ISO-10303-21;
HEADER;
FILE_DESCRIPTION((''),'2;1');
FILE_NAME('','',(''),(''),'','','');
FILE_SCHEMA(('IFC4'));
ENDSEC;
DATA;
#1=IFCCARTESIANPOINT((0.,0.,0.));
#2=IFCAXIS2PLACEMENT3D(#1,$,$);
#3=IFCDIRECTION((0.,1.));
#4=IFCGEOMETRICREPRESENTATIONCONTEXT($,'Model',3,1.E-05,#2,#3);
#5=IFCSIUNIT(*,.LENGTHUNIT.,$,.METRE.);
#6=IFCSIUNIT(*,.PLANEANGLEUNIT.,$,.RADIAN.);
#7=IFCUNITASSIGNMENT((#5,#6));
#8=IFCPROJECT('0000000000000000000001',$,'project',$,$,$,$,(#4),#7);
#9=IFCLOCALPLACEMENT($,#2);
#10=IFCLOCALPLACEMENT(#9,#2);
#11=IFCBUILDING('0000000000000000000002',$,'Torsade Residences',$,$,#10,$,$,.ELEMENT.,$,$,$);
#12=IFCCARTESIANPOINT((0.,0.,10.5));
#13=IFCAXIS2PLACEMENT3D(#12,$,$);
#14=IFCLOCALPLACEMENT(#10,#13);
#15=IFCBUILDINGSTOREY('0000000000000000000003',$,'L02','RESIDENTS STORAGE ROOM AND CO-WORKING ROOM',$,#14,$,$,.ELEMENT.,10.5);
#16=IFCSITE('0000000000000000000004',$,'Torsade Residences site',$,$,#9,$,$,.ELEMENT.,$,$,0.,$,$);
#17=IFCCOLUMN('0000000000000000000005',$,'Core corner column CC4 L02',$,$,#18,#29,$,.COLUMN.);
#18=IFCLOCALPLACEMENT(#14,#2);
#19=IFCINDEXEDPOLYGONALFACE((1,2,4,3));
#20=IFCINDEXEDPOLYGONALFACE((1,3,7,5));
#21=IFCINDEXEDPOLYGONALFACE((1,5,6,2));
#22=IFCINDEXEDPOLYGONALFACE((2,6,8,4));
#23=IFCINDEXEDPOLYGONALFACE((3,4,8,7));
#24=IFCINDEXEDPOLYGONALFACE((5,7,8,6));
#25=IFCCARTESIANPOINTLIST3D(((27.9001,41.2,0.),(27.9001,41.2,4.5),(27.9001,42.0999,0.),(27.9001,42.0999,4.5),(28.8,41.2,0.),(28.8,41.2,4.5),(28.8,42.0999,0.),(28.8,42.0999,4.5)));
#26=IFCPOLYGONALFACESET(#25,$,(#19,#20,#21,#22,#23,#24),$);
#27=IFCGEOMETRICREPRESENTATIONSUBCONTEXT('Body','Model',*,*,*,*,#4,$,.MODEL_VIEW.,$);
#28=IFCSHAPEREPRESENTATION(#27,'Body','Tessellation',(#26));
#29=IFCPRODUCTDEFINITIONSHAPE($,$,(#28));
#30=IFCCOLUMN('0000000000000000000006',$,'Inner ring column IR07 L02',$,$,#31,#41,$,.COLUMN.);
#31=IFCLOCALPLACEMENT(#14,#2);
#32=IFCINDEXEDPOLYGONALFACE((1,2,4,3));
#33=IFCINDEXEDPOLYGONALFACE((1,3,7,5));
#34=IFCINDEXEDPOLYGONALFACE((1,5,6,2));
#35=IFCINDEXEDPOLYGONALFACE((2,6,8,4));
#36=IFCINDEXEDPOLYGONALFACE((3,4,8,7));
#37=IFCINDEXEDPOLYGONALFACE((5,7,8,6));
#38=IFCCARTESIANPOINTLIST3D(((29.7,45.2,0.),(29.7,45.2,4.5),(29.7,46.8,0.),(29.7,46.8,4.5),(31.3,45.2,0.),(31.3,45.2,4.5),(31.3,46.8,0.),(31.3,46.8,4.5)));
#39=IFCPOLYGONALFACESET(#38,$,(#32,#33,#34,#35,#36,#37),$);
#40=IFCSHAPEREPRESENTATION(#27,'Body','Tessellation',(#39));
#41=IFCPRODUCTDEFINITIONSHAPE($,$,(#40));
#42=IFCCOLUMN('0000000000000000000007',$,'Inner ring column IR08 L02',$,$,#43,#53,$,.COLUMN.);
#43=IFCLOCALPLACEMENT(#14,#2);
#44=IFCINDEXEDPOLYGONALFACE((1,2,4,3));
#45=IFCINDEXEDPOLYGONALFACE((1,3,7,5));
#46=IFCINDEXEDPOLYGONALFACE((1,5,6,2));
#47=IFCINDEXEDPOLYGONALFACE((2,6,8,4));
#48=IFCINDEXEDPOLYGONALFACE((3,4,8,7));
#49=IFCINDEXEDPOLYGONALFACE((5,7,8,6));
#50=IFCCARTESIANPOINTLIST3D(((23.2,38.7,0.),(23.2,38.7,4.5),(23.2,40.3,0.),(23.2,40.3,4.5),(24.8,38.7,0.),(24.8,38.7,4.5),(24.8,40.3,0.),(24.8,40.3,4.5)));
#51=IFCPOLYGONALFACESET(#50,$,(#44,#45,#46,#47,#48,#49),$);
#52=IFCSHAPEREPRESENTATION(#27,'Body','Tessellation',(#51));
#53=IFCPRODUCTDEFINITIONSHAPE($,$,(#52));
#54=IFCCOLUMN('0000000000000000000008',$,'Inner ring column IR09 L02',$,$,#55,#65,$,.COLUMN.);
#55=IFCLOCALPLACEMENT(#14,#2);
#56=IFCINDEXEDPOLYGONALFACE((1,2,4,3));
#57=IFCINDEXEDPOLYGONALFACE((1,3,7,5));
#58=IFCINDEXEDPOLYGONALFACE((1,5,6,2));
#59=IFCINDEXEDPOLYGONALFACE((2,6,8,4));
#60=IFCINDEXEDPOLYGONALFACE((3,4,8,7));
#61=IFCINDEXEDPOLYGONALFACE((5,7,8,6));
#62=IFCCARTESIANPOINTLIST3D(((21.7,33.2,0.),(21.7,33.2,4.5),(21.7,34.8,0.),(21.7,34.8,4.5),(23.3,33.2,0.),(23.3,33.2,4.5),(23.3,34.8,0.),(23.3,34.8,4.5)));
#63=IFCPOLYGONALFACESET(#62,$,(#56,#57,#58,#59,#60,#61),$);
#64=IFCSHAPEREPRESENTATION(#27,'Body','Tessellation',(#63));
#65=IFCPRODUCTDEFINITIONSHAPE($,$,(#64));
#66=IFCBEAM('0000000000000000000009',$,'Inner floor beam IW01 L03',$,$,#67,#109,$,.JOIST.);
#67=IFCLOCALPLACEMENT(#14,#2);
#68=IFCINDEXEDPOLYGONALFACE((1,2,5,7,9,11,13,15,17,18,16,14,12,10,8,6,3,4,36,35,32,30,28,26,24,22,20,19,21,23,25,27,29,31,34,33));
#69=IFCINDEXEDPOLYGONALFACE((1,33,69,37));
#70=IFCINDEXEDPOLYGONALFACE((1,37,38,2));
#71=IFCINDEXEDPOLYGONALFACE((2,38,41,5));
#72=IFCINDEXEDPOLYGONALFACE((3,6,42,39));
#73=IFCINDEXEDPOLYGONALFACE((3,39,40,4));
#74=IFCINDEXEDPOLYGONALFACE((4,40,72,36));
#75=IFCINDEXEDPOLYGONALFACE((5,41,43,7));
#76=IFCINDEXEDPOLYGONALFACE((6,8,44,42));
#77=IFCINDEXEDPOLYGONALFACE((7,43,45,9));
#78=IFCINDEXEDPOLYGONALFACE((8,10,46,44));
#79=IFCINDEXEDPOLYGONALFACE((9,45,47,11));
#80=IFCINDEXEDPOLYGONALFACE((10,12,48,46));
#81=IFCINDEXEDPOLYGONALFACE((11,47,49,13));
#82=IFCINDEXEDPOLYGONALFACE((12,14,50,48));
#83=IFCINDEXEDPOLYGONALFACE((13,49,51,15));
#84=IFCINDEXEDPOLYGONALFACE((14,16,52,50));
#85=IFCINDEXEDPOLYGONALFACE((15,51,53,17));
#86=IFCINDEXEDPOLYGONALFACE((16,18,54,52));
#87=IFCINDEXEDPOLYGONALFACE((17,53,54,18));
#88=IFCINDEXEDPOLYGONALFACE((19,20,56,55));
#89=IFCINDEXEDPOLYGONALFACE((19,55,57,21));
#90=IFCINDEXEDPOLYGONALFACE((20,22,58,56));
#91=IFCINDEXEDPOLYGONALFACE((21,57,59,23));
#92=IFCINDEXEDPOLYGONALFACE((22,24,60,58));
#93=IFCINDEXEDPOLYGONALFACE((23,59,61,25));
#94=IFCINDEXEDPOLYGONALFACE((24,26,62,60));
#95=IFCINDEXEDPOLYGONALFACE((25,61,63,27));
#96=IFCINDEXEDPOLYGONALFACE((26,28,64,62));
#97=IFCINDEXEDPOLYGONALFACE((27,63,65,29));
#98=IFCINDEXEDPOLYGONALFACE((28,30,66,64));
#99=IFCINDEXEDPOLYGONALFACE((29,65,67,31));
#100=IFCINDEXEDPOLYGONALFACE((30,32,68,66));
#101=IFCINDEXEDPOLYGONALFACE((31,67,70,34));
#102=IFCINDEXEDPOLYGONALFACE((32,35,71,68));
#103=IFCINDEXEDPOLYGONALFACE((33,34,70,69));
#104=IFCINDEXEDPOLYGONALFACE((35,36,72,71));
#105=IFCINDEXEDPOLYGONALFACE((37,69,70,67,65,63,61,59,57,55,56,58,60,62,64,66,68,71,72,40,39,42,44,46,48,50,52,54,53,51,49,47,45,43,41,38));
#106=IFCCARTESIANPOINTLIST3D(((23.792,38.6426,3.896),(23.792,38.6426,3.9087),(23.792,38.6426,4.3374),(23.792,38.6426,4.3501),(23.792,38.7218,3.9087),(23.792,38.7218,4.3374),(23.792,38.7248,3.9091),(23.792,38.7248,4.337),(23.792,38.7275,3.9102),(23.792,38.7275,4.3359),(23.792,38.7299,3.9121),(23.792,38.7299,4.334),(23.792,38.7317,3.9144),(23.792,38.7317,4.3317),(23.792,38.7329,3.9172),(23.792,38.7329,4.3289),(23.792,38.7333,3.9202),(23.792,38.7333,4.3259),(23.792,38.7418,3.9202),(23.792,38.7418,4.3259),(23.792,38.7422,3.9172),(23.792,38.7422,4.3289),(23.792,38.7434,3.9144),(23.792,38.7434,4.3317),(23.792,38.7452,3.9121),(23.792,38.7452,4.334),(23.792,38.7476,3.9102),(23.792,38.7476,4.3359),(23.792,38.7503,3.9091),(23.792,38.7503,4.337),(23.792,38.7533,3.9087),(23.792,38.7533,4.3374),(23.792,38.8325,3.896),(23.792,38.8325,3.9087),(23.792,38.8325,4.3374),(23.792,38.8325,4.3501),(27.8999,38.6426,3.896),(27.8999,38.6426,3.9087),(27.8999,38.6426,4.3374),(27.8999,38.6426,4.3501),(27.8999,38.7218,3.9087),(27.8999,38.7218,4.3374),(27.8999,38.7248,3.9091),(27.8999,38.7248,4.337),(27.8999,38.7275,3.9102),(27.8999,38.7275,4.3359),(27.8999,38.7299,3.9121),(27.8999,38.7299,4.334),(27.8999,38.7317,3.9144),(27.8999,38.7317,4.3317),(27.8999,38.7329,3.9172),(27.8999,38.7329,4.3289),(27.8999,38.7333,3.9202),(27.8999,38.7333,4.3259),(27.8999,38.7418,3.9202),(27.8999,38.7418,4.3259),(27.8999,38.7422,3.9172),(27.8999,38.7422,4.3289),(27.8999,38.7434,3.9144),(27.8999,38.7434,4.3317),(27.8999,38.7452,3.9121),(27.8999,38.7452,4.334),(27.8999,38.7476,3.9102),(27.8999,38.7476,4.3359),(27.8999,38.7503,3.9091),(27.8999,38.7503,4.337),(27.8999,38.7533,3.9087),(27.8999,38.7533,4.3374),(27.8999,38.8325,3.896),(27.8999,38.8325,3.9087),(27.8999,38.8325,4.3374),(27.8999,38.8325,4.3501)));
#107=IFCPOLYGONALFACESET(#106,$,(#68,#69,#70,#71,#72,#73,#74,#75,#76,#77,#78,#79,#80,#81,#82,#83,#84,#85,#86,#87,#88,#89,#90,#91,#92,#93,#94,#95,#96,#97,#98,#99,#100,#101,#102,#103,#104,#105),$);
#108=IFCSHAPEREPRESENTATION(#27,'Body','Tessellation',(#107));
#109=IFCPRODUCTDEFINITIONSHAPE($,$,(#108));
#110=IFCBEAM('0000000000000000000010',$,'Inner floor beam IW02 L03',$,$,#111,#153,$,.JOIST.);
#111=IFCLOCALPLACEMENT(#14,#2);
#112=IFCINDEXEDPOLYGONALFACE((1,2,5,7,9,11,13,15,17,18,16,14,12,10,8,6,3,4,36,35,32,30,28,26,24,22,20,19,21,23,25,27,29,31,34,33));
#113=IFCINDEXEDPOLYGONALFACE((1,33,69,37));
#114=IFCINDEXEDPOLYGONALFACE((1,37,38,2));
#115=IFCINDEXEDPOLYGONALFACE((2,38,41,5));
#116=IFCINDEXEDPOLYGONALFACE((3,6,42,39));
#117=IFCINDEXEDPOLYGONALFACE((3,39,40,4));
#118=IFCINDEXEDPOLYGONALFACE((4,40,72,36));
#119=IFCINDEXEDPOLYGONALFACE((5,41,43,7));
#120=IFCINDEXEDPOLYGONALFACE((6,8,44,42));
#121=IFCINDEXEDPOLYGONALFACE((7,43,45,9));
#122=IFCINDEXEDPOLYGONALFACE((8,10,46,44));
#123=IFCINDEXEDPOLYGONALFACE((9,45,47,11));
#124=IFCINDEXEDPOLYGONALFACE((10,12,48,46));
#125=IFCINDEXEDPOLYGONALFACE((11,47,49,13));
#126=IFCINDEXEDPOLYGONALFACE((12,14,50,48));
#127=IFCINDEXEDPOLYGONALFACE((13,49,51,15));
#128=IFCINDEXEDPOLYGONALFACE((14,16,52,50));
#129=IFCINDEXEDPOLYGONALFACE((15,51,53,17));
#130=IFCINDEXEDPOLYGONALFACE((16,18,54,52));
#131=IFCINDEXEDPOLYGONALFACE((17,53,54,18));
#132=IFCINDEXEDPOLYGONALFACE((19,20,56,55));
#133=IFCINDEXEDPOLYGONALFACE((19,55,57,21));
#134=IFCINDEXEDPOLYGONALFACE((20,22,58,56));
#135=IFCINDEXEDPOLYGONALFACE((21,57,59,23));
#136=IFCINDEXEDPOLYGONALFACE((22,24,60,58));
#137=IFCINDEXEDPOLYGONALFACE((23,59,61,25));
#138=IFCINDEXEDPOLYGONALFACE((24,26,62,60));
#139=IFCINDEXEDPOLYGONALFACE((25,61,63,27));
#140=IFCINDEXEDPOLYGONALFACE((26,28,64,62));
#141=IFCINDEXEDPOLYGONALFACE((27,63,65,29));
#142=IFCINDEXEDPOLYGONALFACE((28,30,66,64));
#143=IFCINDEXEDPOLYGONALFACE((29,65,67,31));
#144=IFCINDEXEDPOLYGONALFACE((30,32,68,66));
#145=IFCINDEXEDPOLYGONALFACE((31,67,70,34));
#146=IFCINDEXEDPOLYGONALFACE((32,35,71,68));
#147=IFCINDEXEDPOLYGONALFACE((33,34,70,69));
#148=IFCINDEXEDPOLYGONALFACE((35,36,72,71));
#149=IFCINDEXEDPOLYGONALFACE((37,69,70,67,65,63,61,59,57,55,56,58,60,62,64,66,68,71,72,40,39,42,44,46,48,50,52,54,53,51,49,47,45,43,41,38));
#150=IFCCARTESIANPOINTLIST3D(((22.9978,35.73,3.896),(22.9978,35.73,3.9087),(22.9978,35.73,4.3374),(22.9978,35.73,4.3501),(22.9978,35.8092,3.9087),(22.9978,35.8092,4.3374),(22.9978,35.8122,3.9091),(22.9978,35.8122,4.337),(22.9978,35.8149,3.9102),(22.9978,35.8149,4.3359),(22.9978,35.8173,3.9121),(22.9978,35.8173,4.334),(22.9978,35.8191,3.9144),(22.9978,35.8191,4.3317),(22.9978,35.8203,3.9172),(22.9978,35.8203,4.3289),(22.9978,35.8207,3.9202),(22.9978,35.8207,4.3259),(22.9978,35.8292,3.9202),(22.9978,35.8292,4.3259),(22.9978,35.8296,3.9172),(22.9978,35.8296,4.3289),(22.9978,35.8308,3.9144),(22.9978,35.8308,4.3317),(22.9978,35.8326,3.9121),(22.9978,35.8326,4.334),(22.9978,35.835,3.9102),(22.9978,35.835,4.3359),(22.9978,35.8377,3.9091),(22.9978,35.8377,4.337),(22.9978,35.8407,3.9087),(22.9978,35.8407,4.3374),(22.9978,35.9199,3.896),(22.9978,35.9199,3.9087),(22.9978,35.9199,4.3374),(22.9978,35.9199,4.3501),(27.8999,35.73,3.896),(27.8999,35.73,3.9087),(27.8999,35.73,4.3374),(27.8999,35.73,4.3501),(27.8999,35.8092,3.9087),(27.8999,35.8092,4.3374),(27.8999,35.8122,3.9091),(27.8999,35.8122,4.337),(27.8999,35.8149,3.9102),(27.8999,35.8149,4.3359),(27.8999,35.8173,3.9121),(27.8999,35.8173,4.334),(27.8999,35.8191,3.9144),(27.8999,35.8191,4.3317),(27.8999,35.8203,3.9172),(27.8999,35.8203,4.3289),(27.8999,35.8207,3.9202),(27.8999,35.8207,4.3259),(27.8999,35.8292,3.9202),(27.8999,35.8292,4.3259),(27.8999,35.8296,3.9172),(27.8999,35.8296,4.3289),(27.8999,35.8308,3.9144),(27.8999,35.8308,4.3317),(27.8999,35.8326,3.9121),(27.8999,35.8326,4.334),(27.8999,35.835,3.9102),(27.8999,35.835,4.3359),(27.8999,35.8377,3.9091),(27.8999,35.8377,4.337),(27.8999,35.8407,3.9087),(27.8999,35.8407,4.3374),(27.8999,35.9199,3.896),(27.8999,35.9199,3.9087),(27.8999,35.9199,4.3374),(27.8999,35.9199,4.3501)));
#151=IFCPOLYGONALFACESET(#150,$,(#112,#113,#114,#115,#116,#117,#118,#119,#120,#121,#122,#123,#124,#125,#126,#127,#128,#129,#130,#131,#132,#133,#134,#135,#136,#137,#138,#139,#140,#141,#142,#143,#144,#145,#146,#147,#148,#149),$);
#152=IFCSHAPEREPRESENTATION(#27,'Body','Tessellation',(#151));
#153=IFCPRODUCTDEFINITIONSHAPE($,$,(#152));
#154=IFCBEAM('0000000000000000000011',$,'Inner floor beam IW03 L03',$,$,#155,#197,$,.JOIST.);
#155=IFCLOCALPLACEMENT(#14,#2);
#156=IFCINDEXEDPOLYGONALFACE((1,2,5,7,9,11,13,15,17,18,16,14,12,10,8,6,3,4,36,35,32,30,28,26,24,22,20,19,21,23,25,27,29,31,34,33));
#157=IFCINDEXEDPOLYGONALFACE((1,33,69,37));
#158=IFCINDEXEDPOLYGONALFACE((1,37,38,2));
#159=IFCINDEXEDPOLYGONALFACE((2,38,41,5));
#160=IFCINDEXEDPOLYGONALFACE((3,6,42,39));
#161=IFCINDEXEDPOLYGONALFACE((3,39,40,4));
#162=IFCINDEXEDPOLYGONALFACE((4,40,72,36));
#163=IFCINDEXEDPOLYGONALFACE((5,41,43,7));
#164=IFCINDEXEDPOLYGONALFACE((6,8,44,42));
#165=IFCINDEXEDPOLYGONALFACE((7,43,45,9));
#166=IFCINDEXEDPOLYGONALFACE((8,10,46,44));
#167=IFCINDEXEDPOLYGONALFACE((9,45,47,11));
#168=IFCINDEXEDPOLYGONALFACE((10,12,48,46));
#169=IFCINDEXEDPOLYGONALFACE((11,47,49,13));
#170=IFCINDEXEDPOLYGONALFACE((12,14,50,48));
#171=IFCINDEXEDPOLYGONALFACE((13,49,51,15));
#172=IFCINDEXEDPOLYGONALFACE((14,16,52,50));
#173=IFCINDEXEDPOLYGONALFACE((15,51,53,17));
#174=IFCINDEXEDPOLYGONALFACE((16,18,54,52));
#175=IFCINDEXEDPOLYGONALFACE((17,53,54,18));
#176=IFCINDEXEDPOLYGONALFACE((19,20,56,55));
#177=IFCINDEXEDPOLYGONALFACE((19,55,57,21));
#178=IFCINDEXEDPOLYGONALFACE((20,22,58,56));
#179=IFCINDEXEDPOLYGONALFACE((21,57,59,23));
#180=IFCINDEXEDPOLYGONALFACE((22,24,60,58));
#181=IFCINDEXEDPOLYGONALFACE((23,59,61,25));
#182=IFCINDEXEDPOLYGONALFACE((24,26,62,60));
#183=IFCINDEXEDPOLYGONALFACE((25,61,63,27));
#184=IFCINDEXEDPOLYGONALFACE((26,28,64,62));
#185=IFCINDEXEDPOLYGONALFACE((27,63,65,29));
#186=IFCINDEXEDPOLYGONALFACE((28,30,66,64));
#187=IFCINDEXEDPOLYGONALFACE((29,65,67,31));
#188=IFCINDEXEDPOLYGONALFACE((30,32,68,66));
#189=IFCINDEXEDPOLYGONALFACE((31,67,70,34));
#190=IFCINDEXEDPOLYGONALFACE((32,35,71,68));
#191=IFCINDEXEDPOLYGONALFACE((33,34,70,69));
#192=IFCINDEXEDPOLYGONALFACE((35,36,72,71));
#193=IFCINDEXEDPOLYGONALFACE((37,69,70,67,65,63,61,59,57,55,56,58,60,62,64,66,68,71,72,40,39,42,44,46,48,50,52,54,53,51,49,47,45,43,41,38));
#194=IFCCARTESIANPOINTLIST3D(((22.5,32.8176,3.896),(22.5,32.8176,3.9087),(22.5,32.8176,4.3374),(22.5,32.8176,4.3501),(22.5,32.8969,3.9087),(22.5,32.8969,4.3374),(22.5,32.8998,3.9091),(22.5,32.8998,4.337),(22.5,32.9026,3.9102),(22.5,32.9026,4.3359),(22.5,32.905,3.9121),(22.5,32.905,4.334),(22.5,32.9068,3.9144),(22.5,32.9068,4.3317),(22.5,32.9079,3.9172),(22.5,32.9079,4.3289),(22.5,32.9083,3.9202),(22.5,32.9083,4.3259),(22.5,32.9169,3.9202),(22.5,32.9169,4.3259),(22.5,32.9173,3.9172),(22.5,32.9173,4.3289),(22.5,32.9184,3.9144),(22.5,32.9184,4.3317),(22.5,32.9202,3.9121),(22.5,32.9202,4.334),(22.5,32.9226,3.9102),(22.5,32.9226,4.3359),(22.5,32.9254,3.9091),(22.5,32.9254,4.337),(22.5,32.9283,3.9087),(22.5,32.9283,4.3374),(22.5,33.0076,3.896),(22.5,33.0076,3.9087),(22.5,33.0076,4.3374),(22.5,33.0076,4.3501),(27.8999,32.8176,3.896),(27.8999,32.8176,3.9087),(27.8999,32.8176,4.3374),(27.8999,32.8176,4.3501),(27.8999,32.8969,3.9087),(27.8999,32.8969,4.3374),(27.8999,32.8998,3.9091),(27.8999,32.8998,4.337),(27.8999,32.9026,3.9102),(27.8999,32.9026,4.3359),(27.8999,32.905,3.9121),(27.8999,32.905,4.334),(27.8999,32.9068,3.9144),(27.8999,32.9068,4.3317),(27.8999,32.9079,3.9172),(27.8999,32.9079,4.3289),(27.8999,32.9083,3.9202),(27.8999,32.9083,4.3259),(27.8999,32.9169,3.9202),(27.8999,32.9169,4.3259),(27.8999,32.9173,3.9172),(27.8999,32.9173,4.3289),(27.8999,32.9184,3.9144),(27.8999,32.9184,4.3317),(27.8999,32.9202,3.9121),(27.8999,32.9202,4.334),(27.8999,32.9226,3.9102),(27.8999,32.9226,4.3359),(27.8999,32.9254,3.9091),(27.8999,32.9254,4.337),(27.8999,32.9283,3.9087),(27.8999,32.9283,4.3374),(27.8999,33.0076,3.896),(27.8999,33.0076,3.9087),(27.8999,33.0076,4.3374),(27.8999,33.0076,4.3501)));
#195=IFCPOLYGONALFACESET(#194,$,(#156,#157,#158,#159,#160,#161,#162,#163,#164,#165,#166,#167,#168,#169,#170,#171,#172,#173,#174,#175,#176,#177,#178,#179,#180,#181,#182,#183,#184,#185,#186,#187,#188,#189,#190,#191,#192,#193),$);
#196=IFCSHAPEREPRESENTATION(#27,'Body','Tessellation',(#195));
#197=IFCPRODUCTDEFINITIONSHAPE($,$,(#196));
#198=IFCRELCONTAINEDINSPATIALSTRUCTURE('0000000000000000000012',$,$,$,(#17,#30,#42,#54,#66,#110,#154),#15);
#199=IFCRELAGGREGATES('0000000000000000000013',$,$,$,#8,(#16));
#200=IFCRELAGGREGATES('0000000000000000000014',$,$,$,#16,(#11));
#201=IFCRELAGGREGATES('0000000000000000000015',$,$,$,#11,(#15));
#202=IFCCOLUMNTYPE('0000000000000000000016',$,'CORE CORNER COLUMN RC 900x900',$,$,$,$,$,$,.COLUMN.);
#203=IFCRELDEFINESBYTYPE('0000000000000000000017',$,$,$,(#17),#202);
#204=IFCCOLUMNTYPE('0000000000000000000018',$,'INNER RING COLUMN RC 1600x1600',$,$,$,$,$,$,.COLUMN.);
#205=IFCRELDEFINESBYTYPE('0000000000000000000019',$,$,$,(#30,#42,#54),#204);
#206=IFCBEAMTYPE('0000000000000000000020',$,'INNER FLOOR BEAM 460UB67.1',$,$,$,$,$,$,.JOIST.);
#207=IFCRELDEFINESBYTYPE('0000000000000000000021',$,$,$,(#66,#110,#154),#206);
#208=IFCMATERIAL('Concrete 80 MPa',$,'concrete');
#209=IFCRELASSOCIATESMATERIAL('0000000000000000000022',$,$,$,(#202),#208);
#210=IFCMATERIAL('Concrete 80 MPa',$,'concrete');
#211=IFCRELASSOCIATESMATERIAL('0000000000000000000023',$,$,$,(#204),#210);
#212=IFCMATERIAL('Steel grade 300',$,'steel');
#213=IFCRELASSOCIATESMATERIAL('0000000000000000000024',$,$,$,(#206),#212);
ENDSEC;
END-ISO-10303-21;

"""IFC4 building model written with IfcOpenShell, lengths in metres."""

from ifc_helpers import new_model, si_unit, direction, frame, origin, origin_2d, place, context, subcontext, project, spatial, rectangle, i_section, extrude, material, material_profile, profile_set, type_object, element, save


model = new_model("IFC4")

# Units and contexts
model_context = context("Model", 3, precision=1e-05, world=origin(), true_north=direction((0.0, 1.0)))
body_context = subcontext(model_context, "Body", "Model", "MODEL_VIEW")
ifc_project = project(units=[si_unit("LENGTHUNIT", "METRE"), si_unit("PLANEANGLEUNIT", "RADIAN")], contexts=[model_context])

# Site, building, storey
site_placement = place(None, origin())
site = spatial("IfcSite", under=ifc_project, at=site_placement, Name="Torsade Residences site", CompositionType="ELEMENT", RefElevation=0.0)
building_placement = place(site_placement, origin())
building = spatial("IfcBuilding", under=site, at=building_placement, Name="Torsade Residences", CompositionType="ELEMENT")
storey_placement = place(building_placement, frame((0.0, 0.0, 10.5)))
storey = spatial("IfcBuildingStorey", under=building, at=storey_placement, Name="L02", Description="RESIDENTS STORAGE ROOM AND CO-WORKING ROOM", CompositionType="ELEMENT", Elevation=10.5)

# Columns
ifc_material_1 = material(Name="Concrete 80 MPa", Category="concrete")
ifc_material_profile_1 = material_profile(ifc_material_1, rectangle(XDim=0.8999, YDim=0.8999, at=origin_2d()), Name="RC 900x900")
ifc_profile_set_1 = profile_set([ifc_material_profile_1], Name="Concrete 80 MPa")
column_type_1 = type_object("IfcColumnType", Name="CORE CORNER COLUMN RC 900x900", PredefinedType="COLUMN", material=ifc_profile_set_1)
column_placement = place(storey_placement, frame((28.3501, 41.6499, 0.0), z_axis=(0.0, 0.0, 1.0), x_axis=(1.0, 0.0, 0.0)))
element("IfcColumn", 1, at=column_placement, inside=storey, type_object=column_type_1, Name="Core corner column CC4 L02", PredefinedType="COLUMN", context=body_context, shape_type="SweptSolid", body=[
    extrude(rectangle(XDim=0.8999, YDim=0.8999, at=origin_2d()), origin(), (0.0, 0.0, 1.0), 4.5),
])
ifc_material_2 = material(Name="Concrete 80 MPa", Category="concrete")
ifc_material_profile_2 = material_profile(ifc_material_2, rectangle(XDim=1.6001, YDim=1.6001, at=origin_2d()), Name="RC 1600x1600")
ifc_profile_set_2 = profile_set([ifc_material_profile_2], Name="Concrete 80 MPa")
column_type_2 = type_object("IfcColumnType", Name="INNER RING COLUMN RC 1600x1600", PredefinedType="COLUMN", material=ifc_profile_set_2)
for number, where, z_axis, x_axis, name in (
    (2, (30.5, 46.0, 0.0), (0.0, 0.0, 1.0), (1.0, 0.0, 0.0), "Inner ring column IR07 L02"),
    (3, (24.0, 39.5, 0.0), (0.0, 0.0, 1.0), (1.0, 0.0, 0.0), "Inner ring column IR08 L02"),
    (4, (22.5, 34.0, 0.0), (0.0, 0.0, 1.0), (1.0, 0.0, 0.0), "Inner ring column IR09 L02"),
):
    element("IfcColumn", number, at=place(storey_placement, frame(where, z_axis=z_axis, x_axis=x_axis)), inside=storey, type_object=column_type_2, Name=name, PredefinedType="COLUMN", context=body_context, shape_type="SweptSolid", body=[
        extrude(rectangle(XDim=1.6001, YDim=1.6001, at=origin_2d()), origin(), (0.0, 0.0, 1.0), 4.5),
    ])

# Beams
ifc_material_3 = material(Name="Steel grade 300", Category="steel")
ifc_material_profile_3 = material_profile(ifc_material_3, i_section(OverallWidth=0.1899, OverallDepth=0.4541, WebThickness=0.0085, FlangeThickness=0.0127, FilletRadius=0.0115, at=origin_2d()), Name="460UB67.1")
ifc_profile_set_3 = profile_set([ifc_material_profile_3], Name="Steel grade 300")
beam_type_1 = type_object("IfcBeamType", Name="INNER FLOOR BEAM 460UB67.1", PredefinedType="JOIST", material=ifc_profile_set_3)
beam_1_placement = place(storey_placement, frame((27.8999, 38.7375, 4.123), z_axis=(-1.0, 0.0, 0.0), x_axis=(0.0, -1.0, 0.0)))
element("IfcBeam", 5, at=beam_1_placement, inside=storey, type_object=beam_type_1, Name="Inner floor beam IW01 L03", PredefinedType="JOIST", context=body_context, shape_type="SweptSolid", body=[
    extrude(i_section(OverallWidth=0.1899, OverallDepth=0.4541, WebThickness=0.0085, FlangeThickness=0.0127, FilletRadius=0.0115, at=origin_2d()), origin(), (0.0, 0.0, 1.0), 4.1079),
])
beam_2_placement = place(storey_placement, frame((27.8999, 35.825, 4.123), z_axis=(-1.0, 0.0, 0.0), x_axis=(0.0, -1.0, 0.0)))
element("IfcBeam", 6, at=beam_2_placement, inside=storey, type_object=beam_type_1, Name="Inner floor beam IW02 L03", PredefinedType="JOIST", context=body_context, shape_type="SweptSolid", body=[
    extrude(i_section(OverallWidth=0.1899, OverallDepth=0.4541, WebThickness=0.0085, FlangeThickness=0.0127, FilletRadius=0.0115, at=origin_2d()), origin(), (0.0, 0.0, 1.0), 4.9021),
])
beam_3_placement = place(storey_placement, frame((27.8999, 32.9126, 4.123), z_axis=(-1.0, 0.0, 0.0), x_axis=(0.0, -1.0, 0.0)))
element("IfcBeam", 7, at=beam_3_placement, inside=storey, type_object=beam_type_1, Name="Inner floor beam IW03 L03", PredefinedType="JOIST", context=body_context, shape_type="SweptSolid", body=[
    extrude(i_section(OverallWidth=0.1899, OverallDepth=0.4541, WebThickness=0.0085, FlangeThickness=0.0127, FilletRadius=0.0115, at=origin_2d()), origin(), (0.0, 0.0, 1.0), 5.3999),
])

save(model, "model.ifc")
